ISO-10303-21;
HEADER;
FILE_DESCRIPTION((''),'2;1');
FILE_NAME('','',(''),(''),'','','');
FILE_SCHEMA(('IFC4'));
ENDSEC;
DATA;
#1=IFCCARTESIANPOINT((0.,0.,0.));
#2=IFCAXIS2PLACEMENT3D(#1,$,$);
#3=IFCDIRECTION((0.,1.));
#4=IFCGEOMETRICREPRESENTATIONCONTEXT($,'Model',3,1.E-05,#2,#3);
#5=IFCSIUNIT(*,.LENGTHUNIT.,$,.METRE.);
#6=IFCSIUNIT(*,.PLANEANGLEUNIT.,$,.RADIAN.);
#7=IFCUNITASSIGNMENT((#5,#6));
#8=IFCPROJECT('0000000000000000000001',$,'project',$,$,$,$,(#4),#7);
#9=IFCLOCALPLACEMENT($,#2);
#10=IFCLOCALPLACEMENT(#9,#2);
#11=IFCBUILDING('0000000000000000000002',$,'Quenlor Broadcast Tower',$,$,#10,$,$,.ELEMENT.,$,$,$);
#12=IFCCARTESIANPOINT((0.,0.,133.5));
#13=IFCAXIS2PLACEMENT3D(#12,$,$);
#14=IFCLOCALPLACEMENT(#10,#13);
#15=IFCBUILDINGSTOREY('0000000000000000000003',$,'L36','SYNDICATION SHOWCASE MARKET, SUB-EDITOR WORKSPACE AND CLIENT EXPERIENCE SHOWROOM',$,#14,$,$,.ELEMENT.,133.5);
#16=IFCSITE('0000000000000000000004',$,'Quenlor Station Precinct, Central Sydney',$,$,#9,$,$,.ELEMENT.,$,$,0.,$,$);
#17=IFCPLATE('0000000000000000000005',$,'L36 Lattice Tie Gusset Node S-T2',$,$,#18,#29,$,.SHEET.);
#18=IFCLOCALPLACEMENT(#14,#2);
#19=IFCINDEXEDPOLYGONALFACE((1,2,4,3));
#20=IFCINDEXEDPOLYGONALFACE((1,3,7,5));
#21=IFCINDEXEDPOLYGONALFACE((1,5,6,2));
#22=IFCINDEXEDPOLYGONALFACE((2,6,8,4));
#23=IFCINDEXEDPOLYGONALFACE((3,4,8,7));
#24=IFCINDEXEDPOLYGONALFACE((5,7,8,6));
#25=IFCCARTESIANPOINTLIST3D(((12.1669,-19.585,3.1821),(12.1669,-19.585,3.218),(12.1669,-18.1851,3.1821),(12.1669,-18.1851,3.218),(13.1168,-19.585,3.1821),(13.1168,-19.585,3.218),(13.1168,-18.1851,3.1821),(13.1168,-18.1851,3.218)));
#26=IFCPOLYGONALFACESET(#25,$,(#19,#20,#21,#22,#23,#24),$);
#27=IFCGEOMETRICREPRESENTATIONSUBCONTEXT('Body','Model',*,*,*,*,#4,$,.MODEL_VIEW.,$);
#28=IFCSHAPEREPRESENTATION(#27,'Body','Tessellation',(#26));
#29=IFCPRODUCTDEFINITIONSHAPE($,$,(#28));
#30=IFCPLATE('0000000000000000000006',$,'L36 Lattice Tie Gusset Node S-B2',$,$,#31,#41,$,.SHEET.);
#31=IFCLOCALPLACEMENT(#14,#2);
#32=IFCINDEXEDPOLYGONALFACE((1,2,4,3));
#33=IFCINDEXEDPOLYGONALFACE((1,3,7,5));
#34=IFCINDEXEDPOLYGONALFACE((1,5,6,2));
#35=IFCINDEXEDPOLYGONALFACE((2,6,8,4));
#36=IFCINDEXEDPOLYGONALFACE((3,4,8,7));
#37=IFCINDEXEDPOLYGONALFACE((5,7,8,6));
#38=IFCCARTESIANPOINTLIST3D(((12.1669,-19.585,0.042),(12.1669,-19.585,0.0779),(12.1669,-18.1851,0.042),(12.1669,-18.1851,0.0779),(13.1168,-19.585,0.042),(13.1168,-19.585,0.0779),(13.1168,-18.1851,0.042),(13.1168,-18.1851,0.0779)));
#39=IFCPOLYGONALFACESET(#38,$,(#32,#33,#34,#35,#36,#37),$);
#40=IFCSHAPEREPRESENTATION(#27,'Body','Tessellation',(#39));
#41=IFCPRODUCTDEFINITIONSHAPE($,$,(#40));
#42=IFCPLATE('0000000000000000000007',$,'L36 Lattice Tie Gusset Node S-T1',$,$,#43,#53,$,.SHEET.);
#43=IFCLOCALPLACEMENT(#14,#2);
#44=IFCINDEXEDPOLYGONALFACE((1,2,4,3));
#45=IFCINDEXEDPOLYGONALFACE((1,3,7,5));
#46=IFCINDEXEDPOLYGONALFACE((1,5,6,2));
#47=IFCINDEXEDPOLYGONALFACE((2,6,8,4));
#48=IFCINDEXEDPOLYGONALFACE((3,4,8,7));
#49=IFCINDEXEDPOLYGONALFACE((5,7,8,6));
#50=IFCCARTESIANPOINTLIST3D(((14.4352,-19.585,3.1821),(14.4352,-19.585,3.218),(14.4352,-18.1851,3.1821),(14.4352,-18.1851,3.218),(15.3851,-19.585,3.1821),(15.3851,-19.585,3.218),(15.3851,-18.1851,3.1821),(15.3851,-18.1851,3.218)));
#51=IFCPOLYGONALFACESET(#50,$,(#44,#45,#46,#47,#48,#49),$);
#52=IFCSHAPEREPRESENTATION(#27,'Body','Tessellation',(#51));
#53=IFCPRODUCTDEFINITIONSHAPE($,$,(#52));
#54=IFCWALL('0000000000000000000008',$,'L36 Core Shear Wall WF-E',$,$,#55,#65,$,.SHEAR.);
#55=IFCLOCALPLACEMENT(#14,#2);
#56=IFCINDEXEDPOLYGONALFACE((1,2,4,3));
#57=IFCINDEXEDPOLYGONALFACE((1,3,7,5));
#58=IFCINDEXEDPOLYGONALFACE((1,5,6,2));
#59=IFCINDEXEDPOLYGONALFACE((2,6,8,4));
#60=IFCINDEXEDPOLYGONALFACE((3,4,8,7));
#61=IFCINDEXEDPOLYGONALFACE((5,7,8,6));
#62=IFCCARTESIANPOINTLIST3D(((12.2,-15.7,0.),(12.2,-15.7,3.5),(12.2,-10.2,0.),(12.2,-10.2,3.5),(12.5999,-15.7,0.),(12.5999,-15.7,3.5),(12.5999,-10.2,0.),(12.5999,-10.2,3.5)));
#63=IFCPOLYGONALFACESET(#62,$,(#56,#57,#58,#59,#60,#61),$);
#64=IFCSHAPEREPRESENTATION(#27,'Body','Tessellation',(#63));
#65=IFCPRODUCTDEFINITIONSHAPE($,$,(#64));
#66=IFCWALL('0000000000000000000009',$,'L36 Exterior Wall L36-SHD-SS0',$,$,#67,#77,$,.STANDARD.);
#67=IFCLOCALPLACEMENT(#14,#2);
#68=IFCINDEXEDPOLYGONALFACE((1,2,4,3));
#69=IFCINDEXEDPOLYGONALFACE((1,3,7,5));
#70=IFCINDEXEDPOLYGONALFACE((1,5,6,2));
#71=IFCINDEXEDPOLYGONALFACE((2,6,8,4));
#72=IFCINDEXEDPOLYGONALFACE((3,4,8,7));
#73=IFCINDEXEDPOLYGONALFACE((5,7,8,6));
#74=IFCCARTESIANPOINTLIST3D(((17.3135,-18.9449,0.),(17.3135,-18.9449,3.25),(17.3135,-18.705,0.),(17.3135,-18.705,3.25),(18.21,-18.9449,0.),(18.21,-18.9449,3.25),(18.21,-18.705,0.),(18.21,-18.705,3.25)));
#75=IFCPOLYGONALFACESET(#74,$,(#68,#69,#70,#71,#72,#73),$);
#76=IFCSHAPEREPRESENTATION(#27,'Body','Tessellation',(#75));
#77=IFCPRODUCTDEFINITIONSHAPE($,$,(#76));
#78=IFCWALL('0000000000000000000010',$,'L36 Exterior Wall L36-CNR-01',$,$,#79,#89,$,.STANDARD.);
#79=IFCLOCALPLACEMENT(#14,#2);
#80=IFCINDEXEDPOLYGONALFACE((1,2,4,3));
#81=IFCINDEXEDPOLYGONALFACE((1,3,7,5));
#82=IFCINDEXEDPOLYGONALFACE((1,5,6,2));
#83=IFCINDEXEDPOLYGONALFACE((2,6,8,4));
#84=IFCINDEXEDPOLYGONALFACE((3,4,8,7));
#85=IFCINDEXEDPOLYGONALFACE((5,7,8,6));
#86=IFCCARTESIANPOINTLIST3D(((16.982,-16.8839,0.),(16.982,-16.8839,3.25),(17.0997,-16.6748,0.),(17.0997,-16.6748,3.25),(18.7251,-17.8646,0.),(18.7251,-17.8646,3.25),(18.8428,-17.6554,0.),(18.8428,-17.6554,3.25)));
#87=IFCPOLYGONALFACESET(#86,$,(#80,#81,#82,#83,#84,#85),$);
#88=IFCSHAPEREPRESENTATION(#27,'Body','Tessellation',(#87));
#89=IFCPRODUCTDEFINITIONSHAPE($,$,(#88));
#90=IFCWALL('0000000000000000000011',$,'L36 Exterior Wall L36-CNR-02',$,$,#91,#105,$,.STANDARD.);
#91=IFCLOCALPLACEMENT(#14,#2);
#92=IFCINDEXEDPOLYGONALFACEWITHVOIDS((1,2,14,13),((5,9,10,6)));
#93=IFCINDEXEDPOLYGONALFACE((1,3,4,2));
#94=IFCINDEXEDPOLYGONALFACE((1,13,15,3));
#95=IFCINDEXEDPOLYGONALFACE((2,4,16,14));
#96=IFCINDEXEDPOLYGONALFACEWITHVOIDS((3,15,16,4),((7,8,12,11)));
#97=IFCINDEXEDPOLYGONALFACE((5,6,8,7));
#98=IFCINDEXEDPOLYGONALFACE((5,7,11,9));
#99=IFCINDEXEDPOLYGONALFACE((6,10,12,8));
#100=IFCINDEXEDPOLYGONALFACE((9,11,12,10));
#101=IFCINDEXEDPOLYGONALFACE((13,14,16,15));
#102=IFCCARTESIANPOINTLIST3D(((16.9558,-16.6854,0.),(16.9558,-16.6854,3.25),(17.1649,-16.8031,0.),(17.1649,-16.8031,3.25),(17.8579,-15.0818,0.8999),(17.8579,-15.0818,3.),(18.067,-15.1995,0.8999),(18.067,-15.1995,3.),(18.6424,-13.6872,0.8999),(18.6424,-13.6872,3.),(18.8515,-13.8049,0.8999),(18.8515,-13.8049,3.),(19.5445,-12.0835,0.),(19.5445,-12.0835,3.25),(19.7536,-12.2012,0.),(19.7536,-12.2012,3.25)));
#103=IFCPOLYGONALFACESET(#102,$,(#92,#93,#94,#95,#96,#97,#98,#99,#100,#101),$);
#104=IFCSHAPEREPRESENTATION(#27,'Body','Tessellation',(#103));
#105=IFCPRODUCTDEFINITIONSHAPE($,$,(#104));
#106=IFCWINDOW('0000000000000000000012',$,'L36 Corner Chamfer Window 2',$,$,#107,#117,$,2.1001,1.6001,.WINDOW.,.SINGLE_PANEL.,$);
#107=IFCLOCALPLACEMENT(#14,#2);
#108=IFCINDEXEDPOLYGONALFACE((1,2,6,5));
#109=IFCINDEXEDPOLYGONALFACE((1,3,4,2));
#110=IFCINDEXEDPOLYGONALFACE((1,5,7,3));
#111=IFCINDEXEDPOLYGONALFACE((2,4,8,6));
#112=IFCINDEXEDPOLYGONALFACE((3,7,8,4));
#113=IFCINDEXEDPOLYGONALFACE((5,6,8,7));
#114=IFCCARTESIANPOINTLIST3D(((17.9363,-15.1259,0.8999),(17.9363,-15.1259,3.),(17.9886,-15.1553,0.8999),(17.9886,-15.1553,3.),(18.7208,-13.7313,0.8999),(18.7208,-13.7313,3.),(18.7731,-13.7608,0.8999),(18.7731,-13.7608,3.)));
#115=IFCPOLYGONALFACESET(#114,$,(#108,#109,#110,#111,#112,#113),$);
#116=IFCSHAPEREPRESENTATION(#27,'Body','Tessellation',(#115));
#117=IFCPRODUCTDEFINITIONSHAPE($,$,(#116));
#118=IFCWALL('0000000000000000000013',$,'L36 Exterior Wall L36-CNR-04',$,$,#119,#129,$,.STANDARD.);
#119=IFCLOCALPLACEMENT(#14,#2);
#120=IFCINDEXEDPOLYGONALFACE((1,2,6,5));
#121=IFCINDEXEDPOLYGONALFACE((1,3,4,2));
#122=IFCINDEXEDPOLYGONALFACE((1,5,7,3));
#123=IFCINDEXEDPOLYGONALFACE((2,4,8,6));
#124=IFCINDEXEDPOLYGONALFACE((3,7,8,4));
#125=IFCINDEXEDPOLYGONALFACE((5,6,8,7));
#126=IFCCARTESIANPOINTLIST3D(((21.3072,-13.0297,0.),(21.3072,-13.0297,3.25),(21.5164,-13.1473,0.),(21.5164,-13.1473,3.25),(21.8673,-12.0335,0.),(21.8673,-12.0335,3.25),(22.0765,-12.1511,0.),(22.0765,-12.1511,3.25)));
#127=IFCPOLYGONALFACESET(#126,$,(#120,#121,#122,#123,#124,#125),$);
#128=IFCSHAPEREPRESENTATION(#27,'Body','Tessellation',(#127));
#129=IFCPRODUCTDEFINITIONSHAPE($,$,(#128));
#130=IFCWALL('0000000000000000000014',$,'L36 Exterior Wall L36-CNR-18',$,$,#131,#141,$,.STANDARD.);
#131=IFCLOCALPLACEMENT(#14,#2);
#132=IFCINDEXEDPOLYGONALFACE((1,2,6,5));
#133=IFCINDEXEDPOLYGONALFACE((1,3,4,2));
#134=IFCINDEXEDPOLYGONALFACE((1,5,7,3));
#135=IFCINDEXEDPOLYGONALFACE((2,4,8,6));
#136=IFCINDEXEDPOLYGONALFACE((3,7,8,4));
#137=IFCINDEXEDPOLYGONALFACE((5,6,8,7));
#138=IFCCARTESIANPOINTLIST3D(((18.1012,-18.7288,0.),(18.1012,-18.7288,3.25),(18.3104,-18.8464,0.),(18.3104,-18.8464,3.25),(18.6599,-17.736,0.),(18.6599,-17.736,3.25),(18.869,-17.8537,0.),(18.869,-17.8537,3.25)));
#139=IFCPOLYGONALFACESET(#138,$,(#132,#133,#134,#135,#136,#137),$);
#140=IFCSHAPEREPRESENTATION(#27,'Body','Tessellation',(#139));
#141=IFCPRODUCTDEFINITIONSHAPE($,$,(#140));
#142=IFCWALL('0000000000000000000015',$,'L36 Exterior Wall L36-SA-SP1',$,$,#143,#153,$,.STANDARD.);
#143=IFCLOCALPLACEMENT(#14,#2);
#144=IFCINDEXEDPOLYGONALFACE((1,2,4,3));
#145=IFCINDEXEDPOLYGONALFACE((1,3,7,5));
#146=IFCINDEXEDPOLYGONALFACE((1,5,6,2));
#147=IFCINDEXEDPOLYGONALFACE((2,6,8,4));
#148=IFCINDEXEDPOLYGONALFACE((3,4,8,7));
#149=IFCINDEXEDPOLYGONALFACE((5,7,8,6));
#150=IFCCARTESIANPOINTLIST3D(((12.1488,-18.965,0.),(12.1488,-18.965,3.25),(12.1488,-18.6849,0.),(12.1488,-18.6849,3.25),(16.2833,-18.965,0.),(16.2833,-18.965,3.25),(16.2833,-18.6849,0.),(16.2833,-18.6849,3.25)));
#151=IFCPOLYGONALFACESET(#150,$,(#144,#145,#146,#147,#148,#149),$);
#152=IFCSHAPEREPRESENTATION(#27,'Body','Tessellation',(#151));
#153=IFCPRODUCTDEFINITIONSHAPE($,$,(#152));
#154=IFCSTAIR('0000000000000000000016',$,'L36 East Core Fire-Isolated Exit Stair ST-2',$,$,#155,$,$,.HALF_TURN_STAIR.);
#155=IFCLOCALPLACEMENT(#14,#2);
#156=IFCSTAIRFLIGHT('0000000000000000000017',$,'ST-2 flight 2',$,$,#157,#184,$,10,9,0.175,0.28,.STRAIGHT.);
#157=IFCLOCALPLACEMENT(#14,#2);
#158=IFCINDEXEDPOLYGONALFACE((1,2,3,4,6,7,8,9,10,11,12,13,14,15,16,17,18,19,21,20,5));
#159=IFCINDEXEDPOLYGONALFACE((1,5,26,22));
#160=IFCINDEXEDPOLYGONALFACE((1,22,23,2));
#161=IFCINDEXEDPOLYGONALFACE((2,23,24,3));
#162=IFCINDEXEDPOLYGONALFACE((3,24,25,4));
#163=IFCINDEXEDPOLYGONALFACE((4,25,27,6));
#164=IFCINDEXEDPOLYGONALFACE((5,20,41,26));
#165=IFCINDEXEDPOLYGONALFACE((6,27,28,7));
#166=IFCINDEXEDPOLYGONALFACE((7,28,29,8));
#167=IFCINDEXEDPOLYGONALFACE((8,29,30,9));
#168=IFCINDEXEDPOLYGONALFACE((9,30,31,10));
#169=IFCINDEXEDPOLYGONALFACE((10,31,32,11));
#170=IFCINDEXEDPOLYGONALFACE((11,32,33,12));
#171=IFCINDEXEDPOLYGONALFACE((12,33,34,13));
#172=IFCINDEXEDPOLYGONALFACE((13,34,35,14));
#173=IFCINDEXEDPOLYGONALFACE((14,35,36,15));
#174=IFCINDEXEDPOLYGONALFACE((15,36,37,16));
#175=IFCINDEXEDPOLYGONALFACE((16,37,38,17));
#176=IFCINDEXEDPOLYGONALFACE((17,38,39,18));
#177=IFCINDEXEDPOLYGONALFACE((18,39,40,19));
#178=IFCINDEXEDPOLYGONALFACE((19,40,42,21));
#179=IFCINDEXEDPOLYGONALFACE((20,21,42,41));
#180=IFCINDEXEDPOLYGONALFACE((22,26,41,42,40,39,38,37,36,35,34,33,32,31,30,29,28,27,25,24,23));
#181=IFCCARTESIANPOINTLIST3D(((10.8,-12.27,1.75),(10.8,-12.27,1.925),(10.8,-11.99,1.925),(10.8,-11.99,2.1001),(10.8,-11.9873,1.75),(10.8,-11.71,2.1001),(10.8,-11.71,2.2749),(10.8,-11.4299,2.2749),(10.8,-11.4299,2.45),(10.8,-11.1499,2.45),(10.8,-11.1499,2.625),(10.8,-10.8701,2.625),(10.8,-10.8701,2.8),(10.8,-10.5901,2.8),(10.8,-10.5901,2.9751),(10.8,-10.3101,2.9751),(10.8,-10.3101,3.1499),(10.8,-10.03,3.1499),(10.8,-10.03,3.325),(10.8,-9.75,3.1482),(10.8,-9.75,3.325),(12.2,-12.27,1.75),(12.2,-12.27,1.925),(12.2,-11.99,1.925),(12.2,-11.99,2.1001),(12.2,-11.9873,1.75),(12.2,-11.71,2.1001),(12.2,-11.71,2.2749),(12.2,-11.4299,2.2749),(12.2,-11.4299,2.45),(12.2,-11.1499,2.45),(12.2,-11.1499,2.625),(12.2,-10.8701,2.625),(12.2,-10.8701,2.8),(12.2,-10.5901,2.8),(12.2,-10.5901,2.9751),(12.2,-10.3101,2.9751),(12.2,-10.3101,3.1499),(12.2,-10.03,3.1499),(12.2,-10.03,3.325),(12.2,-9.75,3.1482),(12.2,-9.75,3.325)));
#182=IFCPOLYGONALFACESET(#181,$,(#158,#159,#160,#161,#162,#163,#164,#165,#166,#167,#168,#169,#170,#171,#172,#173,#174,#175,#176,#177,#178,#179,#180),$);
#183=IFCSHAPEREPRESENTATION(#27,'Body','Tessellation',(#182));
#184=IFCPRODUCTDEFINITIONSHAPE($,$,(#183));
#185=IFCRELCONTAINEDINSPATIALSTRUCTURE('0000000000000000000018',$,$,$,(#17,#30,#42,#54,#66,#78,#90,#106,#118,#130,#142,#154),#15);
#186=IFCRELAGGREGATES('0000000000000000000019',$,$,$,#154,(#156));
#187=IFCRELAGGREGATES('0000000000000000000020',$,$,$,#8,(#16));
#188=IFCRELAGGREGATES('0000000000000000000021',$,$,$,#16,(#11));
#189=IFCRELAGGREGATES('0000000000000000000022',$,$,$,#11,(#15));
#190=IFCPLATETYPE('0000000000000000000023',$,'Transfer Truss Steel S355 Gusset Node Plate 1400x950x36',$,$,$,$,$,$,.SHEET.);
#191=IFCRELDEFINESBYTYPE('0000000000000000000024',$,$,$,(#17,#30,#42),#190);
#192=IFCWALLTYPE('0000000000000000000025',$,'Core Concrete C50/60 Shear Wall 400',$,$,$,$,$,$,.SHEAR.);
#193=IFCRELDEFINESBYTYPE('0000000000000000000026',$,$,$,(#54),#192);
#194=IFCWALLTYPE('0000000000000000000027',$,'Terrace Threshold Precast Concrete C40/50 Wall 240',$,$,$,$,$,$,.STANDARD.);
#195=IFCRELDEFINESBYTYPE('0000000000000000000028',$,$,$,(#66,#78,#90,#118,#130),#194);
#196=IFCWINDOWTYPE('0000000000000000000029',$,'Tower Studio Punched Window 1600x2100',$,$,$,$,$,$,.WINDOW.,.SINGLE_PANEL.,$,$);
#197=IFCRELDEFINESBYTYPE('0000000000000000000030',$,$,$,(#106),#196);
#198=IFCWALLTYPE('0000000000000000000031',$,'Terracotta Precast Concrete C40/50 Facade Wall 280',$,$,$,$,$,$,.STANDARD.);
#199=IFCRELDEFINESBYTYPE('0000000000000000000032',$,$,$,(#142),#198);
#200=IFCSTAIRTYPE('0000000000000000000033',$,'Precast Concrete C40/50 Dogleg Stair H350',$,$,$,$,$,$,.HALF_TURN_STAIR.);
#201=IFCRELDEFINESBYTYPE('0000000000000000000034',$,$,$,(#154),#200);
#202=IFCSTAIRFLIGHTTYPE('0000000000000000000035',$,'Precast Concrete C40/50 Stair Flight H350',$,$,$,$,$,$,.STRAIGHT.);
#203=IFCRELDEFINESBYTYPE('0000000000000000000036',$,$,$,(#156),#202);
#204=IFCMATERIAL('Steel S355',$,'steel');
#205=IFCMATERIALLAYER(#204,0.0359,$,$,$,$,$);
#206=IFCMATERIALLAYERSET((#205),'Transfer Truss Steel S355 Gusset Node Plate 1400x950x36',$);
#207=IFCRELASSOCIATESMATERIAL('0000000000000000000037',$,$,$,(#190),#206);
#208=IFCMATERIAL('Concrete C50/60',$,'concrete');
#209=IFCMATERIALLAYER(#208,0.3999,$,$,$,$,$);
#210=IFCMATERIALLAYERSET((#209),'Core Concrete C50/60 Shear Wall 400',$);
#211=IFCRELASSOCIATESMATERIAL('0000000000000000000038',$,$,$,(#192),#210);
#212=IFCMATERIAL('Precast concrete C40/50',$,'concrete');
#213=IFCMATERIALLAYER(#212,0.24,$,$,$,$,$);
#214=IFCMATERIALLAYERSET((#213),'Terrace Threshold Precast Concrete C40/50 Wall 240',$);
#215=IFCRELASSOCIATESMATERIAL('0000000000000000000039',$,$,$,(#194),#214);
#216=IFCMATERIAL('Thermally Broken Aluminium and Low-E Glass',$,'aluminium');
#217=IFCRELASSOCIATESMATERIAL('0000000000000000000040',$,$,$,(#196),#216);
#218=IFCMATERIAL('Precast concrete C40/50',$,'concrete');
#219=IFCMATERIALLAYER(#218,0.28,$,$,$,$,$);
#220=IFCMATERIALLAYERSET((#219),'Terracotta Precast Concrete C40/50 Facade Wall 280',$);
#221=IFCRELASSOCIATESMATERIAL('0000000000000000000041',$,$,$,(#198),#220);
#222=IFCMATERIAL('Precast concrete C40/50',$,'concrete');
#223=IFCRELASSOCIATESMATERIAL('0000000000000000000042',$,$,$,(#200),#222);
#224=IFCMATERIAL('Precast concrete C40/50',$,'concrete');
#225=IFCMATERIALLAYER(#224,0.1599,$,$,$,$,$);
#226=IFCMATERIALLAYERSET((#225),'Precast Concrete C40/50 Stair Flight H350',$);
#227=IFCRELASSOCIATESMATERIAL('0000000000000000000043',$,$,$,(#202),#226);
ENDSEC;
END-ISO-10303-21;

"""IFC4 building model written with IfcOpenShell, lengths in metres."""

from ifc_helpers import new_model, si_unit, direction, frame, frame_2d, origin, origin_2d, place, context, subcontext, project, spatial, polyline, rectangle, outline, extrude, material, layer, layer_set, type_object, element, fill, aggregate, save


model = new_model("IFC4")

# Units and contexts
model_context = context("Model", 3, precision=1e-05, world=origin(), true_north=direction((0.0, 1.0)))
body_context = subcontext(model_context, "Body", "Model", "MODEL_VIEW")
ifc_project = project(units=[si_unit("LENGTHUNIT", "METRE"), si_unit("PLANEANGLEUNIT", "RADIAN")], contexts=[model_context])

# Site, building, storey
site_placement = place(None, origin())
site = spatial("IfcSite", under=ifc_project, at=site_placement, Name="Quenlor Station Precinct, Central Sydney", CompositionType="ELEMENT", RefElevation=0.0)
building_placement = place(site_placement, origin())
building = spatial("IfcBuilding", under=site, at=building_placement, Name="Quenlor Broadcast Tower", CompositionType="ELEMENT")
storey_placement = place(building_placement, frame((0.0, 0.0, 133.5)))
storey = spatial("IfcBuildingStorey", under=building, at=storey_placement, Name="L36", Description="SYNDICATION SHOWCASE MARKET, SUB-EDITOR WORKSPACE AND CLIENT EXPERIENCE SHOWROOM", CompositionType="ELEMENT", Elevation=133.5)

# Plates
ifc_material_1 = material(Name="Steel S355", Category="steel")
ifc_layer_1 = layer(ifc_material_1, 0.0359)
ifc_layer_set_1 = layer_set([ifc_layer_1], Name="Transfer Truss Steel S355 Gusset Node Plate 1400x950x36")
plate_type_1 = type_object("IfcPlateType", Name="Transfer Truss Steel S355 Gusset Node Plate 1400x950x36", PredefinedType="SHEET", material=ifc_layer_set_1)
for number, where, z_axis, x_axis, name in (
    (1, (12.6418, -18.885, 3.1821), (0.0, 0.0, 1.0), (0.0, -1.0, 0.0), "L36 Lattice Tie Gusset Node S-T2"),
    (2, (12.6418, -18.885, 0.042), (0.0, 0.0, 1.0), (0.0, -1.0, 0.0), "L36 Lattice Tie Gusset Node S-B2"),
    (3, (14.9102, -18.885, 3.1821), (0.0, 0.0, 1.0), (0.0, -1.0, 0.0), "L36 Lattice Tie Gusset Node S-T1"),
):
    element("IfcPlate", number, at=place(storey_placement, frame(where, z_axis=z_axis, x_axis=x_axis)), inside=storey, type_object=plate_type_1, Name=name, PredefinedType="SHEET", context=body_context, shape_type="SweptSolid", body=[
        extrude(rectangle(XDim=1.3999, YDim=0.95, at=origin_2d()), origin(), (0.0, 0.0, 1.0), 0.0359),
    ])

# Walls
ifc_material_2 = material(Name="Concrete C50/60", Category="concrete")
ifc_layer_2 = layer(ifc_material_2, 0.3999)
ifc_layer_set_2 = layer_set([ifc_layer_2], Name="Core Concrete C50/60 Shear Wall 400")
wall_type_1 = type_object("IfcWallType", Name="Core Concrete C50/60 Shear Wall 400", PredefinedType="SHEAR", material=ifc_layer_set_2)
wall_1_placement = place(storey_placement, frame((12.3999, -15.7, 0.0), z_axis=(0.0, 0.0, 1.0), x_axis=(0.0, 1.0, 0.0)))
element("IfcWall", 4, at=wall_1_placement, inside=storey, type_object=wall_type_1, Name="L36 Core Shear Wall WF-E", PredefinedType="SHEAR", context=body_context, shape_type="SweptSolid", body=[
    extrude(rectangle(XDim=5.5, YDim=0.3999, at=frame_2d((2.75, 0.0))), origin(), (0.0, 0.0, 1.0), 3.5),
])
ifc_material_3 = material(Name="Precast concrete C40/50", Category="concrete")
ifc_layer_3 = layer(ifc_material_3, 0.24)
ifc_layer_set_3 = layer_set([ifc_layer_3], Name="Terrace Threshold Precast Concrete C40/50 Wall 240")
wall_type_2 = type_object("IfcWallType", Name="Terrace Threshold Precast Concrete C40/50 Wall 240", PredefinedType="STANDARD", material=ifc_layer_set_3)
wall_2_placement = place(storey_placement, frame((18.21, -18.825, 0.0), z_axis=(0.0, 0.0, 1.0), x_axis=(-1.0, 0.0, 0.0)))
element("IfcWall", 5, at=wall_2_placement, inside=storey, type_object=wall_type_2, Name="L36 Exterior Wall L36-SHD-SS0", PredefinedType="STANDARD", context=body_context, shape_type="SweptSolid", body=[
    extrude(rectangle(XDim=0.8965, YDim=0.24, at=frame_2d((0.4482, 0.0))), origin(), (0.0, 0.0, 1.0), 3.25),
])
wall_3_placement = place(storey_placement, frame((18.7839, -17.76, 0.0), z_axis=(0.0, 0.0, 1.0), x_axis=(-0.871536, 0.490331, 0.0)))
element("IfcWall", 6, at=wall_3_placement, inside=storey, type_object=wall_type_2, Name="L36 Exterior Wall L36-CNR-01", PredefinedType="STANDARD", context=body_context, shape_type="SweptSolid", body=[
    extrude(rectangle(XDim=2.0, YDim=0.24, at=frame_2d((1.0, 0.0))), origin(), (0.0, 0.0, 1.0), 3.25),
])

# Wall, opening, window
wall_4_placement = place(storey_placement, frame((17.0603, -16.7444, 0.0), z_axis=(0.0, 0.0, 1.0), x_axis=(0.490277, 0.871567, 0.0)))
wall_4 = element("IfcWall", 7, at=wall_4_placement, inside=storey, type_object=wall_type_2, Name="L36 Exterior Wall L36-CNR-02", PredefinedType="STANDARD", context=body_context, shape_type="SweptSolid", body=[
    extrude(rectangle(XDim=5.28, YDim=0.24, at=frame_2d((2.6401, 0.0))), origin(), (0.0, 0.0, 1.0), 3.25),
])
opening_placement = place(wall_4_placement, frame((1.8401, 0.0, 0.8999)))
opening = element("IfcOpeningElement", 8, at=opening_placement, cuts=wall_4, PredefinedType="OPENING", context=body_context, shape_type="SweptSolid", body=[
    extrude(rectangle(XDim=1.6001, YDim=2.1001, at=frame_2d((0.8, 1.05))), frame((0.0, 0.1299, 0.0), z_axis=(0.0, -1.0, 0.0), x_axis=(1.0, 0.0, 0.0)), (0.0, 0.0, 1.0), 0.26),
])
ifc_material_4 = material(Name="Thermally Broken Aluminium and Low-E Glass", Category="aluminium")
window_type = type_object("IfcWindowType", Name="Tower Studio Punched Window 1600x2100", PartitioningType="SINGLE_PANEL", PredefinedType="WINDOW", material=ifc_material_4)
window_placement = place(opening_placement, origin())
window = element("IfcWindow", 9, at=window_placement, inside=storey, type_object=window_type, Name="L36 Corner Chamfer Window 2", OverallHeight=2.1001, OverallWidth=1.6001, PartitioningType="SINGLE_PANEL", PredefinedType="WINDOW", context=body_context, shape_type="SweptSolid", body=[
    extrude(rectangle(XDim=1.6001, YDim=2.1001, at=frame_2d((0.8, 1.05))), frame((0.0, 0.03, 0.0), z_axis=(0.0, -1.0, 0.0), x_axis=(1.0, 0.0, 0.0)), (0.0, 0.0, 1.0), 0.0601),
])
fill(opening, window)

# Walls
wall_5_placement = place(storey_placement, frame((21.4119, -13.0884, 0.0), z_axis=(0.0, 0.0, 1.0), x_axis=(0.490099, 0.871667, 0.0)))
element("IfcWall", 10, at=wall_5_placement, inside=storey, type_object=wall_type_2, Name="L36 Exterior Wall L36-CNR-04", PredefinedType="STANDARD", context=body_context, shape_type="SweptSolid", body=[
    extrude(rectangle(XDim=1.1428, YDim=0.24, at=frame_2d((0.5713, 0.0))), origin(), (0.0, 0.0, 1.0), 3.25),
])
wall_6_placement = place(storey_placement, frame((18.2058, -18.7876, 0.0), z_axis=(0.0, 0.0, 1.0), x_axis=(0.490404, 0.871495, 0.0)))
element("IfcWall", 11, at=wall_6_placement, inside=storey, type_object=wall_type_2, Name="L36 Exterior Wall L36-CNR-18", PredefinedType="STANDARD", context=body_context, shape_type="SweptSolid", body=[
    extrude(rectangle(XDim=1.1392, YDim=0.24, at=frame_2d((0.5696, 0.0))), origin(), (0.0, 0.0, 1.0), 3.25),
])
ifc_material_5 = material(Name="Precast concrete C40/50", Category="concrete")
ifc_layer_4 = layer(ifc_material_5, 0.28)
ifc_layer_set_4 = layer_set([ifc_layer_4], Name="Terracotta Precast Concrete C40/50 Facade Wall 280")
wall_type_3 = type_object("IfcWallType", Name="Terracotta Precast Concrete C40/50 Facade Wall 280", PredefinedType="STANDARD", material=ifc_layer_set_4)
wall_7_placement = place(storey_placement, frame((16.2834, -18.825, 0.0), z_axis=(0.0, 0.0, 1.0), x_axis=(-1.0, 0.0, 0.0)))
element("IfcWall", 12, at=wall_7_placement, inside=storey, type_object=wall_type_3, Name="L36 Exterior Wall L36-SA-SP1", PredefinedType="STANDARD", context=body_context, shape_type="SweptSolid", body=[
    extrude(rectangle(XDim=4.1345, YDim=0.28, at=frame_2d((2.0674, 0.0))), origin(), (0.0, 0.0, 1.0), 3.25),
])

# Stair, stair flight
ifc_material_6 = material(Name="Precast concrete C40/50", Category="concrete")
stair_type = type_object("IfcStairType", Name="Precast Concrete C40/50 Dogleg Stair H350", PredefinedType="HALF_TURN_STAIR", material=ifc_material_6)
stair_placement = place(storey_placement, origin())
stair = element("IfcStair", 13, at=stair_placement, inside=storey, type_object=stair_type, Name="L36 East Core Fire-Isolated Exit Stair ST-2", PredefinedType="HALF_TURN_STAIR")
ifc_material_7 = material(Name="Precast concrete C40/50", Category="concrete")
ifc_layer_5 = layer(ifc_material_7, 0.1599)
ifc_layer_set_5 = layer_set([ifc_layer_5], Name="Precast Concrete C40/50 Stair Flight H350")
stair_flight_type = type_object("IfcStairFlightType", Name="Precast Concrete C40/50 Stair Flight H350", PredefinedType="STRAIGHT", material=ifc_layer_set_5)
stair_flight_placement = place(storey_placement, frame((11.5, -12.27, 1.75), z_axis=(0.0, 0.0, 1.0), x_axis=(0.0, 1.0, 0.0)))
stair_flight = element("IfcStairFlight", 14, at=stair_flight_placement, type_object=stair_flight_type, Name="ST-2 flight 2", NumberOfRisers=10, NumberOfTreads=9, PredefinedType="STRAIGHT", RiserHeight=0.175, TreadLength=0.28, context=body_context, shape_type="SweptSolid", body=[
    extrude(outline(polyline([(0.0, 0.0), (0.0, 0.175), (0.28, 0.175), (0.28, 0.3501), (0.5601, 0.3501), (0.5601, 0.5249), (0.8401, 0.5249), (0.8401, 0.7), (1.1201, 0.7), (1.1201, 0.875), (1.3999, 0.875), (1.3999, 1.05), (1.6799, 1.05), (1.6799, 1.2251), (1.96, 1.2251), (1.96, 1.3999), (2.24, 1.3999), (2.24, 1.575), (2.52, 1.575), (2.52, 1.75), (2.52, 1.3982), (0.2827, 0.0), (0.0, 0.0)])), frame((0.0, 0.7, 0.0), z_axis=(0.0, -1.0, 0.0), x_axis=(1.0, 0.0, 0.0)), (0.0, 0.0, 1.0), 1.3999),
])
aggregate(stair, [stair_flight])

save(model, "model.ifc")
